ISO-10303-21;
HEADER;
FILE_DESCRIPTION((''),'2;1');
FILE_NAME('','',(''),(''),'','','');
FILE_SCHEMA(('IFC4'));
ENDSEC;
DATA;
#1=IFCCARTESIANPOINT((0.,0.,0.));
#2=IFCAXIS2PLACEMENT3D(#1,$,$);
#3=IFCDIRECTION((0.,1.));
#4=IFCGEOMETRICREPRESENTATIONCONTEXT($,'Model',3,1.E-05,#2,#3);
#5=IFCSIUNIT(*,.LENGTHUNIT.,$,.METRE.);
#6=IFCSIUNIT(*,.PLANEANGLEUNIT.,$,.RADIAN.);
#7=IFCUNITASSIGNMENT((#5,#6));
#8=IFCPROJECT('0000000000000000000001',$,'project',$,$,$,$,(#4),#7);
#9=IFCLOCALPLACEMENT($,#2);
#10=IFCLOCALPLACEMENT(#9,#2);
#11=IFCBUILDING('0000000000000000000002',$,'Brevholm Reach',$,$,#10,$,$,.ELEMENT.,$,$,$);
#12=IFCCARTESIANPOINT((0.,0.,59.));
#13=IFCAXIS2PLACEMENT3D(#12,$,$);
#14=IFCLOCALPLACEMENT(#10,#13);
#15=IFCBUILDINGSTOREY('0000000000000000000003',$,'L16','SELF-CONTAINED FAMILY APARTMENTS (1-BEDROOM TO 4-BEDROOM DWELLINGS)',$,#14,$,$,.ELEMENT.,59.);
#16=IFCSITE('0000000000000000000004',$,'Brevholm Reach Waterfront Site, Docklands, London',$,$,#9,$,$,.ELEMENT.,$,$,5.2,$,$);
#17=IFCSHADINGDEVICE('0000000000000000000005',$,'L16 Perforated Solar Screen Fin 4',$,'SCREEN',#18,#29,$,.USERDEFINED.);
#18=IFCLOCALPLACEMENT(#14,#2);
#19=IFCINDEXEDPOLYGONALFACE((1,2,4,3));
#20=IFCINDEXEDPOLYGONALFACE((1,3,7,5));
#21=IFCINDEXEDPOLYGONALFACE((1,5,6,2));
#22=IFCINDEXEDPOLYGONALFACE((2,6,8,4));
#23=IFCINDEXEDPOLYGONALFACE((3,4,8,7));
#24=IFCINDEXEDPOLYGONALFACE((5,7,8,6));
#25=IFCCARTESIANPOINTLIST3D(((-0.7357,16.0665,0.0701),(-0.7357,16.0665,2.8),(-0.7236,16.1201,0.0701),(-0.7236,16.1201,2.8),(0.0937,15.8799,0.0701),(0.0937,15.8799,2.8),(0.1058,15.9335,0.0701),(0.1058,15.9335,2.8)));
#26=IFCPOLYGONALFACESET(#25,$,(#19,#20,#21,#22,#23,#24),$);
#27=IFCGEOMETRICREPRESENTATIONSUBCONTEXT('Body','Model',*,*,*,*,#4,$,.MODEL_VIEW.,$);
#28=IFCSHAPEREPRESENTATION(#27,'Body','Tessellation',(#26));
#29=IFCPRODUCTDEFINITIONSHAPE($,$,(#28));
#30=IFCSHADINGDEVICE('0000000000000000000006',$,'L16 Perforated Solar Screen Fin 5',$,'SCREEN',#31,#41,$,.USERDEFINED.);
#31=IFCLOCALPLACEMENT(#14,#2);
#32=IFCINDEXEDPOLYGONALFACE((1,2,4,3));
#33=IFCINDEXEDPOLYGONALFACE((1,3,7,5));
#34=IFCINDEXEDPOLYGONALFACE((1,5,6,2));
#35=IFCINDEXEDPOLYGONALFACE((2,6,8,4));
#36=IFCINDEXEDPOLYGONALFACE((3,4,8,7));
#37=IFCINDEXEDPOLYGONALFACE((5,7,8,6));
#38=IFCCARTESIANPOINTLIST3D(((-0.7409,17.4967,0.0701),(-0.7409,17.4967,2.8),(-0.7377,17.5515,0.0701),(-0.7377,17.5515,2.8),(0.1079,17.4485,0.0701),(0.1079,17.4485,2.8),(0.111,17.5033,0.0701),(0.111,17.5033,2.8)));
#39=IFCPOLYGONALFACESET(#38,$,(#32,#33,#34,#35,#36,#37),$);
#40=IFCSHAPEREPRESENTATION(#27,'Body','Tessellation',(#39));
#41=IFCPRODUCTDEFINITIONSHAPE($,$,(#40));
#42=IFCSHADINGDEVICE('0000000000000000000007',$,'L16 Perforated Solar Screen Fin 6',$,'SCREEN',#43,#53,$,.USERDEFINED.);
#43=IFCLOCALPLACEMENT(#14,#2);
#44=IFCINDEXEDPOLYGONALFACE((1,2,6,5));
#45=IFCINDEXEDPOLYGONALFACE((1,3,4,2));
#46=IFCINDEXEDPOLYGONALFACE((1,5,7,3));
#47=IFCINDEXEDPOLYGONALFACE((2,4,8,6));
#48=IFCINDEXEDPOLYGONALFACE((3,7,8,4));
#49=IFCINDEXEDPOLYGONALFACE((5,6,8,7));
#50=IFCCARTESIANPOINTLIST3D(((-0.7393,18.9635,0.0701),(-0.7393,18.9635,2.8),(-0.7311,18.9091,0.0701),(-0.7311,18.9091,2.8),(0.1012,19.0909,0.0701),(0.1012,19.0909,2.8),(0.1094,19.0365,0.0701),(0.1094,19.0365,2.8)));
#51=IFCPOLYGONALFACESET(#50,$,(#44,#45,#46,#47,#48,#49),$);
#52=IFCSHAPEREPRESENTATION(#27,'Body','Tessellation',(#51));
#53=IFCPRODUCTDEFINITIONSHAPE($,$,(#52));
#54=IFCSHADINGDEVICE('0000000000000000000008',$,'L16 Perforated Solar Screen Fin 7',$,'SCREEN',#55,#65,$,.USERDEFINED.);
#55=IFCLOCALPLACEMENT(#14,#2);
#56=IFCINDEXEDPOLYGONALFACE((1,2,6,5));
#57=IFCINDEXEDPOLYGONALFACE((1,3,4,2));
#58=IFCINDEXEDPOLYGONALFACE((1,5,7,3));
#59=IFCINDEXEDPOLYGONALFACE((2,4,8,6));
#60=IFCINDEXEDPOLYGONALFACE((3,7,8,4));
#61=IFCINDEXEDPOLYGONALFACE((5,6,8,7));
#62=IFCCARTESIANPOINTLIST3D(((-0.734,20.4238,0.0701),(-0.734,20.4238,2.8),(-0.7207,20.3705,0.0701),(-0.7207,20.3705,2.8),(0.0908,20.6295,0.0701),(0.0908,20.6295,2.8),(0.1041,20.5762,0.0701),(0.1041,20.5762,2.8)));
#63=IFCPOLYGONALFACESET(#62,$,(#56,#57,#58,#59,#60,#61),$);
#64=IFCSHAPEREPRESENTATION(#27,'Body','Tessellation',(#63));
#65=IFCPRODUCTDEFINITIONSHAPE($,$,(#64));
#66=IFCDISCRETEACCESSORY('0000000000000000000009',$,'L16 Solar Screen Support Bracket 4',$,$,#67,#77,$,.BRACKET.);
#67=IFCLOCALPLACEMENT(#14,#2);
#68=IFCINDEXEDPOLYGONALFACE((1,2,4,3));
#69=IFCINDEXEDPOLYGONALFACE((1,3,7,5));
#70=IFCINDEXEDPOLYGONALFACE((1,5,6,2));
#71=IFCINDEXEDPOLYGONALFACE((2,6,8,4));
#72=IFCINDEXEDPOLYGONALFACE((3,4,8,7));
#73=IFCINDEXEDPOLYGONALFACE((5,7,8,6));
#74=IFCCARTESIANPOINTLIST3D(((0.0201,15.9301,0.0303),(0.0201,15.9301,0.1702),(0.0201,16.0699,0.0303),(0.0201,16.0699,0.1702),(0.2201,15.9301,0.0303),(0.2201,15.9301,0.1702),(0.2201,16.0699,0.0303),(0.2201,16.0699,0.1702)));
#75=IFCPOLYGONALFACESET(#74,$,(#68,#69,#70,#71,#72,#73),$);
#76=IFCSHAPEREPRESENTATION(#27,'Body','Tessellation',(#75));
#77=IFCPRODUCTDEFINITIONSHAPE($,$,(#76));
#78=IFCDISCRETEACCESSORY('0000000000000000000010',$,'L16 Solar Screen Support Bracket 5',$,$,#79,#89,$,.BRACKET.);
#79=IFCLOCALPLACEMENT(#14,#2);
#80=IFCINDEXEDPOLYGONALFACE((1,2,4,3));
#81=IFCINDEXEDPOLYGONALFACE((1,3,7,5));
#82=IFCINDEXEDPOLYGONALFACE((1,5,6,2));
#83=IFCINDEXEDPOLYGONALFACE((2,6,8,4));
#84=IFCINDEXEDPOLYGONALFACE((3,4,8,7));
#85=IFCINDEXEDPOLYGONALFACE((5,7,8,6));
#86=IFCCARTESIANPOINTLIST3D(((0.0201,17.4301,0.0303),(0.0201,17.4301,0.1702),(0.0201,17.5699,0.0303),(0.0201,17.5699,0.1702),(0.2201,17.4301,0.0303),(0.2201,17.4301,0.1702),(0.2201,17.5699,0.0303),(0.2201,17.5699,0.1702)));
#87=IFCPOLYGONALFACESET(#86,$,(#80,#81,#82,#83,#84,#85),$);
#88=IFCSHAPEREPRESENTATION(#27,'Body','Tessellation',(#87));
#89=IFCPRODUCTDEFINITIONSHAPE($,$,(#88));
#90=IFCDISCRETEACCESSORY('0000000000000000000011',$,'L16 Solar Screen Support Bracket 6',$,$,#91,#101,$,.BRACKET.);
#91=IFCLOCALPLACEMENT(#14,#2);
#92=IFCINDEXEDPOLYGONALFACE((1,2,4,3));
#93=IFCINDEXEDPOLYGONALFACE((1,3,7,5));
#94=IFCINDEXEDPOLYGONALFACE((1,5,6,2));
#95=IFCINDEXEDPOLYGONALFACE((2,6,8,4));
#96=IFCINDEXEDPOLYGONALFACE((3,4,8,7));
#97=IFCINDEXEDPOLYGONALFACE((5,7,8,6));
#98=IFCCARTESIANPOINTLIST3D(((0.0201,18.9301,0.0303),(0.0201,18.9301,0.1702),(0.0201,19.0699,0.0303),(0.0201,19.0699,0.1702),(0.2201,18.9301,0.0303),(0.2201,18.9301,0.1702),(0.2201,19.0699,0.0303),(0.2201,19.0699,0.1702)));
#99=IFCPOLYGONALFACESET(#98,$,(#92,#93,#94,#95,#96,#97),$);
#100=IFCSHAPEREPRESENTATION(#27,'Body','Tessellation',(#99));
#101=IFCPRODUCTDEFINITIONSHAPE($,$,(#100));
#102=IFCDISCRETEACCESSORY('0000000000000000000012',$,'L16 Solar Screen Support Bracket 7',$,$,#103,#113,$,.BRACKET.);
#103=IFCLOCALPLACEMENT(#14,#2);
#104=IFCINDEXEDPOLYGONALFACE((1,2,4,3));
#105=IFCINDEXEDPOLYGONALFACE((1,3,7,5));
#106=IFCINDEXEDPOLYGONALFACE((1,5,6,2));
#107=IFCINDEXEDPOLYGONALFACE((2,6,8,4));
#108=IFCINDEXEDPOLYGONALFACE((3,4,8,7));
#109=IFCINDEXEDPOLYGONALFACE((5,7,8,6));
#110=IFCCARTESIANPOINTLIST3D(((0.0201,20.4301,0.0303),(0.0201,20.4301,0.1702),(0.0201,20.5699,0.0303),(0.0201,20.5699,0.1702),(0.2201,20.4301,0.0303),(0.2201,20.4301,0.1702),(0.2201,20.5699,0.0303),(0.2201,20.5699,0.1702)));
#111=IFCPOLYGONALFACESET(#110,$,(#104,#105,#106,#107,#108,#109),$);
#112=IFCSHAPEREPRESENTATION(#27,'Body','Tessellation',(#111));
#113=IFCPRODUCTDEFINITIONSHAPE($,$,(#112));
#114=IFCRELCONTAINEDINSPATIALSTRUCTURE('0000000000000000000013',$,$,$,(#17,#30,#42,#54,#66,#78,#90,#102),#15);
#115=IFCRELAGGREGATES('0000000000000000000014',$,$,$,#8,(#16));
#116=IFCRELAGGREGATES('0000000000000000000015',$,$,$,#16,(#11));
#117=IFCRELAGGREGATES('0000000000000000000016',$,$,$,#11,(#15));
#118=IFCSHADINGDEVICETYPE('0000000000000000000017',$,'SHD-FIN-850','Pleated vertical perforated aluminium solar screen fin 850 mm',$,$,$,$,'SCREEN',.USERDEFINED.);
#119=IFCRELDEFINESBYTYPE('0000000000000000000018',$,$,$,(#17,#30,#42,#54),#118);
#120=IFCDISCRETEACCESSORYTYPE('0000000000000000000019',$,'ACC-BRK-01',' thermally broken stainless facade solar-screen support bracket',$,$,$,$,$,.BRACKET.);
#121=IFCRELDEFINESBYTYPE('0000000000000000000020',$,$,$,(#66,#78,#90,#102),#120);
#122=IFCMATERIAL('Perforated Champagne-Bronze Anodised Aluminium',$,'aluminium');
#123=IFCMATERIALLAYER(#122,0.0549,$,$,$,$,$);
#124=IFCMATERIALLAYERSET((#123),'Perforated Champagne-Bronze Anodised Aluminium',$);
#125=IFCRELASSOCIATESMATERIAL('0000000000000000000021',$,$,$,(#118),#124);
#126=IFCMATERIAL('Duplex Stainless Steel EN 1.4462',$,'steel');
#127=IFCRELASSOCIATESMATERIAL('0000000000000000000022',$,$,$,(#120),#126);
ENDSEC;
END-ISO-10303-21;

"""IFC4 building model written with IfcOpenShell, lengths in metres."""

from ifc_helpers import new_model, si_unit, direction, frame, origin, origin_2d, place, context, subcontext, project, spatial, rectangle, extrude, material, layer, layer_set, type_object, element, save


model = new_model("IFC4")

# Units and contexts
model_context = context("Model", 3, precision=1e-05, world=origin(), true_north=direction((0.0, 1.0)))
body_context = subcontext(model_context, "Body", "Model", "MODEL_VIEW")
ifc_project = project(units=[si_unit("LENGTHUNIT", "METRE"), si_unit("PLANEANGLEUNIT", "RADIAN")], contexts=[model_context])

# Site, building, storey
site_placement = place(None, origin())
site = spatial("IfcSite", under=ifc_project, at=site_placement, Name="Brevholm Reach Waterfront Site, Docklands, London", CompositionType="ELEMENT", RefElevation=5.2)
building_placement = place(site_placement, origin())
building = spatial("IfcBuilding", under=site, at=building_placement, Name="Brevholm Reach", CompositionType="ELEMENT")
storey_placement = place(building_placement, frame((0.0, 0.0, 59.0)))
storey = spatial("IfcBuildingStorey", under=building, at=storey_placement, Name="L16", Description="SELF-CONTAINED FAMILY APARTMENTS (1-BEDROOM TO 4-BEDROOM DWELLINGS)", CompositionType="ELEMENT", Elevation=59.0)

# Shading devices
ifc_material_1 = material(Name="Perforated Champagne-Bronze Anodised Aluminium", Category="aluminium")
ifc_layer_1 = layer(ifc_material_1, 0.0549)
ifc_layer_set_1 = layer_set([ifc_layer_1], Name="Perforated Champagne-Bronze Anodised Aluminium")
shading_device_type = type_object("IfcShadingDeviceType", Name="SHD-FIN-850", Description="Pleated vertical perforated aluminium solar screen fin 850 mm", ElementType="SCREEN", PredefinedType="USERDEFINED", material=ifc_layer_set_1)
for number, where, z_axis, x_axis, name in (
    (1, (-0.3149, 16.0, 0.0701), (0.0, 0.0, 1.0), (-0.975634, 0.219403, 0.0), "L16 Perforated Solar Screen Fin 4"),
    (2, (-0.3149, 17.5, 0.0701), (0.0, 0.0, 1.0), (-0.998391, 0.05671, 0.0), "L16 Perforated Solar Screen Fin 5"),
    (3, (-0.3149, 19.0, 0.0701), (0.0, 0.0, 1.0), (-0.988707, -0.149863, 0.0), "L16 Perforated Solar Screen Fin 6"),
    (4, (-0.3149, 20.5, 0.0701), (0.0, 0.0, 1.0), (-0.9703, -0.241905, 0.0), "L16 Perforated Solar Screen Fin 7"),
):
    element("IfcShadingDevice", number, at=place(storey_placement, frame(where, z_axis=z_axis, x_axis=x_axis)), inside=storey, type_object=shading_device_type, Name=name, ObjectType="SCREEN", PredefinedType="USERDEFINED", context=body_context, shape_type="SweptSolid", body=[
        extrude(rectangle(XDim=0.8501, YDim=0.0549, at=origin_2d()), origin(), (0.0, 0.0, 1.0), 2.73),
    ])

# Discrete accessories
ifc_material_2 = material(Name="Duplex Stainless Steel EN 1.4462", Category="steel")
discrete_accessory_type = type_object("IfcDiscreteAccessoryType", Name="ACC-BRK-01", Description=" thermally broken stainless facade solar-screen support bracket", PredefinedType="BRACKET", material=ifc_material_2)
for number, where, z_axis, x_axis, name in (
    (5, (0.1201, 16.0, 0.0303), (0.0, 0.0, 1.0), (-1.0, 0.0, 0.0), "L16 Solar Screen Support Bracket 4"),
    (6, (0.1201, 17.5, 0.0303), (0.0, 0.0, 1.0), (-1.0, 0.0, 0.0), "L16 Solar Screen Support Bracket 5"),
    (7, (0.1201, 19.0, 0.0303), (0.0, 0.0, 1.0), (-1.0, 0.0, 0.0), "L16 Solar Screen Support Bracket 6"),
    (8, (0.1201, 20.5, 0.0303), (0.0, 0.0, 1.0), (-1.0, 0.0, 0.0), "L16 Solar Screen Support Bracket 7"),
):
    element("IfcDiscreteAccessory", number, at=place(storey_placement, frame(where, z_axis=z_axis, x_axis=x_axis)), inside=storey, type_object=discrete_accessory_type, Name=name, PredefinedType="BRACKET", context=body_context, shape_type="SweptSolid", body=[
        extrude(rectangle(XDim=0.2, YDim=0.1399, at=origin_2d()), origin(), (0.0, 0.0, 1.0), 0.1399),
    ])

save(model, "model.ifc")
